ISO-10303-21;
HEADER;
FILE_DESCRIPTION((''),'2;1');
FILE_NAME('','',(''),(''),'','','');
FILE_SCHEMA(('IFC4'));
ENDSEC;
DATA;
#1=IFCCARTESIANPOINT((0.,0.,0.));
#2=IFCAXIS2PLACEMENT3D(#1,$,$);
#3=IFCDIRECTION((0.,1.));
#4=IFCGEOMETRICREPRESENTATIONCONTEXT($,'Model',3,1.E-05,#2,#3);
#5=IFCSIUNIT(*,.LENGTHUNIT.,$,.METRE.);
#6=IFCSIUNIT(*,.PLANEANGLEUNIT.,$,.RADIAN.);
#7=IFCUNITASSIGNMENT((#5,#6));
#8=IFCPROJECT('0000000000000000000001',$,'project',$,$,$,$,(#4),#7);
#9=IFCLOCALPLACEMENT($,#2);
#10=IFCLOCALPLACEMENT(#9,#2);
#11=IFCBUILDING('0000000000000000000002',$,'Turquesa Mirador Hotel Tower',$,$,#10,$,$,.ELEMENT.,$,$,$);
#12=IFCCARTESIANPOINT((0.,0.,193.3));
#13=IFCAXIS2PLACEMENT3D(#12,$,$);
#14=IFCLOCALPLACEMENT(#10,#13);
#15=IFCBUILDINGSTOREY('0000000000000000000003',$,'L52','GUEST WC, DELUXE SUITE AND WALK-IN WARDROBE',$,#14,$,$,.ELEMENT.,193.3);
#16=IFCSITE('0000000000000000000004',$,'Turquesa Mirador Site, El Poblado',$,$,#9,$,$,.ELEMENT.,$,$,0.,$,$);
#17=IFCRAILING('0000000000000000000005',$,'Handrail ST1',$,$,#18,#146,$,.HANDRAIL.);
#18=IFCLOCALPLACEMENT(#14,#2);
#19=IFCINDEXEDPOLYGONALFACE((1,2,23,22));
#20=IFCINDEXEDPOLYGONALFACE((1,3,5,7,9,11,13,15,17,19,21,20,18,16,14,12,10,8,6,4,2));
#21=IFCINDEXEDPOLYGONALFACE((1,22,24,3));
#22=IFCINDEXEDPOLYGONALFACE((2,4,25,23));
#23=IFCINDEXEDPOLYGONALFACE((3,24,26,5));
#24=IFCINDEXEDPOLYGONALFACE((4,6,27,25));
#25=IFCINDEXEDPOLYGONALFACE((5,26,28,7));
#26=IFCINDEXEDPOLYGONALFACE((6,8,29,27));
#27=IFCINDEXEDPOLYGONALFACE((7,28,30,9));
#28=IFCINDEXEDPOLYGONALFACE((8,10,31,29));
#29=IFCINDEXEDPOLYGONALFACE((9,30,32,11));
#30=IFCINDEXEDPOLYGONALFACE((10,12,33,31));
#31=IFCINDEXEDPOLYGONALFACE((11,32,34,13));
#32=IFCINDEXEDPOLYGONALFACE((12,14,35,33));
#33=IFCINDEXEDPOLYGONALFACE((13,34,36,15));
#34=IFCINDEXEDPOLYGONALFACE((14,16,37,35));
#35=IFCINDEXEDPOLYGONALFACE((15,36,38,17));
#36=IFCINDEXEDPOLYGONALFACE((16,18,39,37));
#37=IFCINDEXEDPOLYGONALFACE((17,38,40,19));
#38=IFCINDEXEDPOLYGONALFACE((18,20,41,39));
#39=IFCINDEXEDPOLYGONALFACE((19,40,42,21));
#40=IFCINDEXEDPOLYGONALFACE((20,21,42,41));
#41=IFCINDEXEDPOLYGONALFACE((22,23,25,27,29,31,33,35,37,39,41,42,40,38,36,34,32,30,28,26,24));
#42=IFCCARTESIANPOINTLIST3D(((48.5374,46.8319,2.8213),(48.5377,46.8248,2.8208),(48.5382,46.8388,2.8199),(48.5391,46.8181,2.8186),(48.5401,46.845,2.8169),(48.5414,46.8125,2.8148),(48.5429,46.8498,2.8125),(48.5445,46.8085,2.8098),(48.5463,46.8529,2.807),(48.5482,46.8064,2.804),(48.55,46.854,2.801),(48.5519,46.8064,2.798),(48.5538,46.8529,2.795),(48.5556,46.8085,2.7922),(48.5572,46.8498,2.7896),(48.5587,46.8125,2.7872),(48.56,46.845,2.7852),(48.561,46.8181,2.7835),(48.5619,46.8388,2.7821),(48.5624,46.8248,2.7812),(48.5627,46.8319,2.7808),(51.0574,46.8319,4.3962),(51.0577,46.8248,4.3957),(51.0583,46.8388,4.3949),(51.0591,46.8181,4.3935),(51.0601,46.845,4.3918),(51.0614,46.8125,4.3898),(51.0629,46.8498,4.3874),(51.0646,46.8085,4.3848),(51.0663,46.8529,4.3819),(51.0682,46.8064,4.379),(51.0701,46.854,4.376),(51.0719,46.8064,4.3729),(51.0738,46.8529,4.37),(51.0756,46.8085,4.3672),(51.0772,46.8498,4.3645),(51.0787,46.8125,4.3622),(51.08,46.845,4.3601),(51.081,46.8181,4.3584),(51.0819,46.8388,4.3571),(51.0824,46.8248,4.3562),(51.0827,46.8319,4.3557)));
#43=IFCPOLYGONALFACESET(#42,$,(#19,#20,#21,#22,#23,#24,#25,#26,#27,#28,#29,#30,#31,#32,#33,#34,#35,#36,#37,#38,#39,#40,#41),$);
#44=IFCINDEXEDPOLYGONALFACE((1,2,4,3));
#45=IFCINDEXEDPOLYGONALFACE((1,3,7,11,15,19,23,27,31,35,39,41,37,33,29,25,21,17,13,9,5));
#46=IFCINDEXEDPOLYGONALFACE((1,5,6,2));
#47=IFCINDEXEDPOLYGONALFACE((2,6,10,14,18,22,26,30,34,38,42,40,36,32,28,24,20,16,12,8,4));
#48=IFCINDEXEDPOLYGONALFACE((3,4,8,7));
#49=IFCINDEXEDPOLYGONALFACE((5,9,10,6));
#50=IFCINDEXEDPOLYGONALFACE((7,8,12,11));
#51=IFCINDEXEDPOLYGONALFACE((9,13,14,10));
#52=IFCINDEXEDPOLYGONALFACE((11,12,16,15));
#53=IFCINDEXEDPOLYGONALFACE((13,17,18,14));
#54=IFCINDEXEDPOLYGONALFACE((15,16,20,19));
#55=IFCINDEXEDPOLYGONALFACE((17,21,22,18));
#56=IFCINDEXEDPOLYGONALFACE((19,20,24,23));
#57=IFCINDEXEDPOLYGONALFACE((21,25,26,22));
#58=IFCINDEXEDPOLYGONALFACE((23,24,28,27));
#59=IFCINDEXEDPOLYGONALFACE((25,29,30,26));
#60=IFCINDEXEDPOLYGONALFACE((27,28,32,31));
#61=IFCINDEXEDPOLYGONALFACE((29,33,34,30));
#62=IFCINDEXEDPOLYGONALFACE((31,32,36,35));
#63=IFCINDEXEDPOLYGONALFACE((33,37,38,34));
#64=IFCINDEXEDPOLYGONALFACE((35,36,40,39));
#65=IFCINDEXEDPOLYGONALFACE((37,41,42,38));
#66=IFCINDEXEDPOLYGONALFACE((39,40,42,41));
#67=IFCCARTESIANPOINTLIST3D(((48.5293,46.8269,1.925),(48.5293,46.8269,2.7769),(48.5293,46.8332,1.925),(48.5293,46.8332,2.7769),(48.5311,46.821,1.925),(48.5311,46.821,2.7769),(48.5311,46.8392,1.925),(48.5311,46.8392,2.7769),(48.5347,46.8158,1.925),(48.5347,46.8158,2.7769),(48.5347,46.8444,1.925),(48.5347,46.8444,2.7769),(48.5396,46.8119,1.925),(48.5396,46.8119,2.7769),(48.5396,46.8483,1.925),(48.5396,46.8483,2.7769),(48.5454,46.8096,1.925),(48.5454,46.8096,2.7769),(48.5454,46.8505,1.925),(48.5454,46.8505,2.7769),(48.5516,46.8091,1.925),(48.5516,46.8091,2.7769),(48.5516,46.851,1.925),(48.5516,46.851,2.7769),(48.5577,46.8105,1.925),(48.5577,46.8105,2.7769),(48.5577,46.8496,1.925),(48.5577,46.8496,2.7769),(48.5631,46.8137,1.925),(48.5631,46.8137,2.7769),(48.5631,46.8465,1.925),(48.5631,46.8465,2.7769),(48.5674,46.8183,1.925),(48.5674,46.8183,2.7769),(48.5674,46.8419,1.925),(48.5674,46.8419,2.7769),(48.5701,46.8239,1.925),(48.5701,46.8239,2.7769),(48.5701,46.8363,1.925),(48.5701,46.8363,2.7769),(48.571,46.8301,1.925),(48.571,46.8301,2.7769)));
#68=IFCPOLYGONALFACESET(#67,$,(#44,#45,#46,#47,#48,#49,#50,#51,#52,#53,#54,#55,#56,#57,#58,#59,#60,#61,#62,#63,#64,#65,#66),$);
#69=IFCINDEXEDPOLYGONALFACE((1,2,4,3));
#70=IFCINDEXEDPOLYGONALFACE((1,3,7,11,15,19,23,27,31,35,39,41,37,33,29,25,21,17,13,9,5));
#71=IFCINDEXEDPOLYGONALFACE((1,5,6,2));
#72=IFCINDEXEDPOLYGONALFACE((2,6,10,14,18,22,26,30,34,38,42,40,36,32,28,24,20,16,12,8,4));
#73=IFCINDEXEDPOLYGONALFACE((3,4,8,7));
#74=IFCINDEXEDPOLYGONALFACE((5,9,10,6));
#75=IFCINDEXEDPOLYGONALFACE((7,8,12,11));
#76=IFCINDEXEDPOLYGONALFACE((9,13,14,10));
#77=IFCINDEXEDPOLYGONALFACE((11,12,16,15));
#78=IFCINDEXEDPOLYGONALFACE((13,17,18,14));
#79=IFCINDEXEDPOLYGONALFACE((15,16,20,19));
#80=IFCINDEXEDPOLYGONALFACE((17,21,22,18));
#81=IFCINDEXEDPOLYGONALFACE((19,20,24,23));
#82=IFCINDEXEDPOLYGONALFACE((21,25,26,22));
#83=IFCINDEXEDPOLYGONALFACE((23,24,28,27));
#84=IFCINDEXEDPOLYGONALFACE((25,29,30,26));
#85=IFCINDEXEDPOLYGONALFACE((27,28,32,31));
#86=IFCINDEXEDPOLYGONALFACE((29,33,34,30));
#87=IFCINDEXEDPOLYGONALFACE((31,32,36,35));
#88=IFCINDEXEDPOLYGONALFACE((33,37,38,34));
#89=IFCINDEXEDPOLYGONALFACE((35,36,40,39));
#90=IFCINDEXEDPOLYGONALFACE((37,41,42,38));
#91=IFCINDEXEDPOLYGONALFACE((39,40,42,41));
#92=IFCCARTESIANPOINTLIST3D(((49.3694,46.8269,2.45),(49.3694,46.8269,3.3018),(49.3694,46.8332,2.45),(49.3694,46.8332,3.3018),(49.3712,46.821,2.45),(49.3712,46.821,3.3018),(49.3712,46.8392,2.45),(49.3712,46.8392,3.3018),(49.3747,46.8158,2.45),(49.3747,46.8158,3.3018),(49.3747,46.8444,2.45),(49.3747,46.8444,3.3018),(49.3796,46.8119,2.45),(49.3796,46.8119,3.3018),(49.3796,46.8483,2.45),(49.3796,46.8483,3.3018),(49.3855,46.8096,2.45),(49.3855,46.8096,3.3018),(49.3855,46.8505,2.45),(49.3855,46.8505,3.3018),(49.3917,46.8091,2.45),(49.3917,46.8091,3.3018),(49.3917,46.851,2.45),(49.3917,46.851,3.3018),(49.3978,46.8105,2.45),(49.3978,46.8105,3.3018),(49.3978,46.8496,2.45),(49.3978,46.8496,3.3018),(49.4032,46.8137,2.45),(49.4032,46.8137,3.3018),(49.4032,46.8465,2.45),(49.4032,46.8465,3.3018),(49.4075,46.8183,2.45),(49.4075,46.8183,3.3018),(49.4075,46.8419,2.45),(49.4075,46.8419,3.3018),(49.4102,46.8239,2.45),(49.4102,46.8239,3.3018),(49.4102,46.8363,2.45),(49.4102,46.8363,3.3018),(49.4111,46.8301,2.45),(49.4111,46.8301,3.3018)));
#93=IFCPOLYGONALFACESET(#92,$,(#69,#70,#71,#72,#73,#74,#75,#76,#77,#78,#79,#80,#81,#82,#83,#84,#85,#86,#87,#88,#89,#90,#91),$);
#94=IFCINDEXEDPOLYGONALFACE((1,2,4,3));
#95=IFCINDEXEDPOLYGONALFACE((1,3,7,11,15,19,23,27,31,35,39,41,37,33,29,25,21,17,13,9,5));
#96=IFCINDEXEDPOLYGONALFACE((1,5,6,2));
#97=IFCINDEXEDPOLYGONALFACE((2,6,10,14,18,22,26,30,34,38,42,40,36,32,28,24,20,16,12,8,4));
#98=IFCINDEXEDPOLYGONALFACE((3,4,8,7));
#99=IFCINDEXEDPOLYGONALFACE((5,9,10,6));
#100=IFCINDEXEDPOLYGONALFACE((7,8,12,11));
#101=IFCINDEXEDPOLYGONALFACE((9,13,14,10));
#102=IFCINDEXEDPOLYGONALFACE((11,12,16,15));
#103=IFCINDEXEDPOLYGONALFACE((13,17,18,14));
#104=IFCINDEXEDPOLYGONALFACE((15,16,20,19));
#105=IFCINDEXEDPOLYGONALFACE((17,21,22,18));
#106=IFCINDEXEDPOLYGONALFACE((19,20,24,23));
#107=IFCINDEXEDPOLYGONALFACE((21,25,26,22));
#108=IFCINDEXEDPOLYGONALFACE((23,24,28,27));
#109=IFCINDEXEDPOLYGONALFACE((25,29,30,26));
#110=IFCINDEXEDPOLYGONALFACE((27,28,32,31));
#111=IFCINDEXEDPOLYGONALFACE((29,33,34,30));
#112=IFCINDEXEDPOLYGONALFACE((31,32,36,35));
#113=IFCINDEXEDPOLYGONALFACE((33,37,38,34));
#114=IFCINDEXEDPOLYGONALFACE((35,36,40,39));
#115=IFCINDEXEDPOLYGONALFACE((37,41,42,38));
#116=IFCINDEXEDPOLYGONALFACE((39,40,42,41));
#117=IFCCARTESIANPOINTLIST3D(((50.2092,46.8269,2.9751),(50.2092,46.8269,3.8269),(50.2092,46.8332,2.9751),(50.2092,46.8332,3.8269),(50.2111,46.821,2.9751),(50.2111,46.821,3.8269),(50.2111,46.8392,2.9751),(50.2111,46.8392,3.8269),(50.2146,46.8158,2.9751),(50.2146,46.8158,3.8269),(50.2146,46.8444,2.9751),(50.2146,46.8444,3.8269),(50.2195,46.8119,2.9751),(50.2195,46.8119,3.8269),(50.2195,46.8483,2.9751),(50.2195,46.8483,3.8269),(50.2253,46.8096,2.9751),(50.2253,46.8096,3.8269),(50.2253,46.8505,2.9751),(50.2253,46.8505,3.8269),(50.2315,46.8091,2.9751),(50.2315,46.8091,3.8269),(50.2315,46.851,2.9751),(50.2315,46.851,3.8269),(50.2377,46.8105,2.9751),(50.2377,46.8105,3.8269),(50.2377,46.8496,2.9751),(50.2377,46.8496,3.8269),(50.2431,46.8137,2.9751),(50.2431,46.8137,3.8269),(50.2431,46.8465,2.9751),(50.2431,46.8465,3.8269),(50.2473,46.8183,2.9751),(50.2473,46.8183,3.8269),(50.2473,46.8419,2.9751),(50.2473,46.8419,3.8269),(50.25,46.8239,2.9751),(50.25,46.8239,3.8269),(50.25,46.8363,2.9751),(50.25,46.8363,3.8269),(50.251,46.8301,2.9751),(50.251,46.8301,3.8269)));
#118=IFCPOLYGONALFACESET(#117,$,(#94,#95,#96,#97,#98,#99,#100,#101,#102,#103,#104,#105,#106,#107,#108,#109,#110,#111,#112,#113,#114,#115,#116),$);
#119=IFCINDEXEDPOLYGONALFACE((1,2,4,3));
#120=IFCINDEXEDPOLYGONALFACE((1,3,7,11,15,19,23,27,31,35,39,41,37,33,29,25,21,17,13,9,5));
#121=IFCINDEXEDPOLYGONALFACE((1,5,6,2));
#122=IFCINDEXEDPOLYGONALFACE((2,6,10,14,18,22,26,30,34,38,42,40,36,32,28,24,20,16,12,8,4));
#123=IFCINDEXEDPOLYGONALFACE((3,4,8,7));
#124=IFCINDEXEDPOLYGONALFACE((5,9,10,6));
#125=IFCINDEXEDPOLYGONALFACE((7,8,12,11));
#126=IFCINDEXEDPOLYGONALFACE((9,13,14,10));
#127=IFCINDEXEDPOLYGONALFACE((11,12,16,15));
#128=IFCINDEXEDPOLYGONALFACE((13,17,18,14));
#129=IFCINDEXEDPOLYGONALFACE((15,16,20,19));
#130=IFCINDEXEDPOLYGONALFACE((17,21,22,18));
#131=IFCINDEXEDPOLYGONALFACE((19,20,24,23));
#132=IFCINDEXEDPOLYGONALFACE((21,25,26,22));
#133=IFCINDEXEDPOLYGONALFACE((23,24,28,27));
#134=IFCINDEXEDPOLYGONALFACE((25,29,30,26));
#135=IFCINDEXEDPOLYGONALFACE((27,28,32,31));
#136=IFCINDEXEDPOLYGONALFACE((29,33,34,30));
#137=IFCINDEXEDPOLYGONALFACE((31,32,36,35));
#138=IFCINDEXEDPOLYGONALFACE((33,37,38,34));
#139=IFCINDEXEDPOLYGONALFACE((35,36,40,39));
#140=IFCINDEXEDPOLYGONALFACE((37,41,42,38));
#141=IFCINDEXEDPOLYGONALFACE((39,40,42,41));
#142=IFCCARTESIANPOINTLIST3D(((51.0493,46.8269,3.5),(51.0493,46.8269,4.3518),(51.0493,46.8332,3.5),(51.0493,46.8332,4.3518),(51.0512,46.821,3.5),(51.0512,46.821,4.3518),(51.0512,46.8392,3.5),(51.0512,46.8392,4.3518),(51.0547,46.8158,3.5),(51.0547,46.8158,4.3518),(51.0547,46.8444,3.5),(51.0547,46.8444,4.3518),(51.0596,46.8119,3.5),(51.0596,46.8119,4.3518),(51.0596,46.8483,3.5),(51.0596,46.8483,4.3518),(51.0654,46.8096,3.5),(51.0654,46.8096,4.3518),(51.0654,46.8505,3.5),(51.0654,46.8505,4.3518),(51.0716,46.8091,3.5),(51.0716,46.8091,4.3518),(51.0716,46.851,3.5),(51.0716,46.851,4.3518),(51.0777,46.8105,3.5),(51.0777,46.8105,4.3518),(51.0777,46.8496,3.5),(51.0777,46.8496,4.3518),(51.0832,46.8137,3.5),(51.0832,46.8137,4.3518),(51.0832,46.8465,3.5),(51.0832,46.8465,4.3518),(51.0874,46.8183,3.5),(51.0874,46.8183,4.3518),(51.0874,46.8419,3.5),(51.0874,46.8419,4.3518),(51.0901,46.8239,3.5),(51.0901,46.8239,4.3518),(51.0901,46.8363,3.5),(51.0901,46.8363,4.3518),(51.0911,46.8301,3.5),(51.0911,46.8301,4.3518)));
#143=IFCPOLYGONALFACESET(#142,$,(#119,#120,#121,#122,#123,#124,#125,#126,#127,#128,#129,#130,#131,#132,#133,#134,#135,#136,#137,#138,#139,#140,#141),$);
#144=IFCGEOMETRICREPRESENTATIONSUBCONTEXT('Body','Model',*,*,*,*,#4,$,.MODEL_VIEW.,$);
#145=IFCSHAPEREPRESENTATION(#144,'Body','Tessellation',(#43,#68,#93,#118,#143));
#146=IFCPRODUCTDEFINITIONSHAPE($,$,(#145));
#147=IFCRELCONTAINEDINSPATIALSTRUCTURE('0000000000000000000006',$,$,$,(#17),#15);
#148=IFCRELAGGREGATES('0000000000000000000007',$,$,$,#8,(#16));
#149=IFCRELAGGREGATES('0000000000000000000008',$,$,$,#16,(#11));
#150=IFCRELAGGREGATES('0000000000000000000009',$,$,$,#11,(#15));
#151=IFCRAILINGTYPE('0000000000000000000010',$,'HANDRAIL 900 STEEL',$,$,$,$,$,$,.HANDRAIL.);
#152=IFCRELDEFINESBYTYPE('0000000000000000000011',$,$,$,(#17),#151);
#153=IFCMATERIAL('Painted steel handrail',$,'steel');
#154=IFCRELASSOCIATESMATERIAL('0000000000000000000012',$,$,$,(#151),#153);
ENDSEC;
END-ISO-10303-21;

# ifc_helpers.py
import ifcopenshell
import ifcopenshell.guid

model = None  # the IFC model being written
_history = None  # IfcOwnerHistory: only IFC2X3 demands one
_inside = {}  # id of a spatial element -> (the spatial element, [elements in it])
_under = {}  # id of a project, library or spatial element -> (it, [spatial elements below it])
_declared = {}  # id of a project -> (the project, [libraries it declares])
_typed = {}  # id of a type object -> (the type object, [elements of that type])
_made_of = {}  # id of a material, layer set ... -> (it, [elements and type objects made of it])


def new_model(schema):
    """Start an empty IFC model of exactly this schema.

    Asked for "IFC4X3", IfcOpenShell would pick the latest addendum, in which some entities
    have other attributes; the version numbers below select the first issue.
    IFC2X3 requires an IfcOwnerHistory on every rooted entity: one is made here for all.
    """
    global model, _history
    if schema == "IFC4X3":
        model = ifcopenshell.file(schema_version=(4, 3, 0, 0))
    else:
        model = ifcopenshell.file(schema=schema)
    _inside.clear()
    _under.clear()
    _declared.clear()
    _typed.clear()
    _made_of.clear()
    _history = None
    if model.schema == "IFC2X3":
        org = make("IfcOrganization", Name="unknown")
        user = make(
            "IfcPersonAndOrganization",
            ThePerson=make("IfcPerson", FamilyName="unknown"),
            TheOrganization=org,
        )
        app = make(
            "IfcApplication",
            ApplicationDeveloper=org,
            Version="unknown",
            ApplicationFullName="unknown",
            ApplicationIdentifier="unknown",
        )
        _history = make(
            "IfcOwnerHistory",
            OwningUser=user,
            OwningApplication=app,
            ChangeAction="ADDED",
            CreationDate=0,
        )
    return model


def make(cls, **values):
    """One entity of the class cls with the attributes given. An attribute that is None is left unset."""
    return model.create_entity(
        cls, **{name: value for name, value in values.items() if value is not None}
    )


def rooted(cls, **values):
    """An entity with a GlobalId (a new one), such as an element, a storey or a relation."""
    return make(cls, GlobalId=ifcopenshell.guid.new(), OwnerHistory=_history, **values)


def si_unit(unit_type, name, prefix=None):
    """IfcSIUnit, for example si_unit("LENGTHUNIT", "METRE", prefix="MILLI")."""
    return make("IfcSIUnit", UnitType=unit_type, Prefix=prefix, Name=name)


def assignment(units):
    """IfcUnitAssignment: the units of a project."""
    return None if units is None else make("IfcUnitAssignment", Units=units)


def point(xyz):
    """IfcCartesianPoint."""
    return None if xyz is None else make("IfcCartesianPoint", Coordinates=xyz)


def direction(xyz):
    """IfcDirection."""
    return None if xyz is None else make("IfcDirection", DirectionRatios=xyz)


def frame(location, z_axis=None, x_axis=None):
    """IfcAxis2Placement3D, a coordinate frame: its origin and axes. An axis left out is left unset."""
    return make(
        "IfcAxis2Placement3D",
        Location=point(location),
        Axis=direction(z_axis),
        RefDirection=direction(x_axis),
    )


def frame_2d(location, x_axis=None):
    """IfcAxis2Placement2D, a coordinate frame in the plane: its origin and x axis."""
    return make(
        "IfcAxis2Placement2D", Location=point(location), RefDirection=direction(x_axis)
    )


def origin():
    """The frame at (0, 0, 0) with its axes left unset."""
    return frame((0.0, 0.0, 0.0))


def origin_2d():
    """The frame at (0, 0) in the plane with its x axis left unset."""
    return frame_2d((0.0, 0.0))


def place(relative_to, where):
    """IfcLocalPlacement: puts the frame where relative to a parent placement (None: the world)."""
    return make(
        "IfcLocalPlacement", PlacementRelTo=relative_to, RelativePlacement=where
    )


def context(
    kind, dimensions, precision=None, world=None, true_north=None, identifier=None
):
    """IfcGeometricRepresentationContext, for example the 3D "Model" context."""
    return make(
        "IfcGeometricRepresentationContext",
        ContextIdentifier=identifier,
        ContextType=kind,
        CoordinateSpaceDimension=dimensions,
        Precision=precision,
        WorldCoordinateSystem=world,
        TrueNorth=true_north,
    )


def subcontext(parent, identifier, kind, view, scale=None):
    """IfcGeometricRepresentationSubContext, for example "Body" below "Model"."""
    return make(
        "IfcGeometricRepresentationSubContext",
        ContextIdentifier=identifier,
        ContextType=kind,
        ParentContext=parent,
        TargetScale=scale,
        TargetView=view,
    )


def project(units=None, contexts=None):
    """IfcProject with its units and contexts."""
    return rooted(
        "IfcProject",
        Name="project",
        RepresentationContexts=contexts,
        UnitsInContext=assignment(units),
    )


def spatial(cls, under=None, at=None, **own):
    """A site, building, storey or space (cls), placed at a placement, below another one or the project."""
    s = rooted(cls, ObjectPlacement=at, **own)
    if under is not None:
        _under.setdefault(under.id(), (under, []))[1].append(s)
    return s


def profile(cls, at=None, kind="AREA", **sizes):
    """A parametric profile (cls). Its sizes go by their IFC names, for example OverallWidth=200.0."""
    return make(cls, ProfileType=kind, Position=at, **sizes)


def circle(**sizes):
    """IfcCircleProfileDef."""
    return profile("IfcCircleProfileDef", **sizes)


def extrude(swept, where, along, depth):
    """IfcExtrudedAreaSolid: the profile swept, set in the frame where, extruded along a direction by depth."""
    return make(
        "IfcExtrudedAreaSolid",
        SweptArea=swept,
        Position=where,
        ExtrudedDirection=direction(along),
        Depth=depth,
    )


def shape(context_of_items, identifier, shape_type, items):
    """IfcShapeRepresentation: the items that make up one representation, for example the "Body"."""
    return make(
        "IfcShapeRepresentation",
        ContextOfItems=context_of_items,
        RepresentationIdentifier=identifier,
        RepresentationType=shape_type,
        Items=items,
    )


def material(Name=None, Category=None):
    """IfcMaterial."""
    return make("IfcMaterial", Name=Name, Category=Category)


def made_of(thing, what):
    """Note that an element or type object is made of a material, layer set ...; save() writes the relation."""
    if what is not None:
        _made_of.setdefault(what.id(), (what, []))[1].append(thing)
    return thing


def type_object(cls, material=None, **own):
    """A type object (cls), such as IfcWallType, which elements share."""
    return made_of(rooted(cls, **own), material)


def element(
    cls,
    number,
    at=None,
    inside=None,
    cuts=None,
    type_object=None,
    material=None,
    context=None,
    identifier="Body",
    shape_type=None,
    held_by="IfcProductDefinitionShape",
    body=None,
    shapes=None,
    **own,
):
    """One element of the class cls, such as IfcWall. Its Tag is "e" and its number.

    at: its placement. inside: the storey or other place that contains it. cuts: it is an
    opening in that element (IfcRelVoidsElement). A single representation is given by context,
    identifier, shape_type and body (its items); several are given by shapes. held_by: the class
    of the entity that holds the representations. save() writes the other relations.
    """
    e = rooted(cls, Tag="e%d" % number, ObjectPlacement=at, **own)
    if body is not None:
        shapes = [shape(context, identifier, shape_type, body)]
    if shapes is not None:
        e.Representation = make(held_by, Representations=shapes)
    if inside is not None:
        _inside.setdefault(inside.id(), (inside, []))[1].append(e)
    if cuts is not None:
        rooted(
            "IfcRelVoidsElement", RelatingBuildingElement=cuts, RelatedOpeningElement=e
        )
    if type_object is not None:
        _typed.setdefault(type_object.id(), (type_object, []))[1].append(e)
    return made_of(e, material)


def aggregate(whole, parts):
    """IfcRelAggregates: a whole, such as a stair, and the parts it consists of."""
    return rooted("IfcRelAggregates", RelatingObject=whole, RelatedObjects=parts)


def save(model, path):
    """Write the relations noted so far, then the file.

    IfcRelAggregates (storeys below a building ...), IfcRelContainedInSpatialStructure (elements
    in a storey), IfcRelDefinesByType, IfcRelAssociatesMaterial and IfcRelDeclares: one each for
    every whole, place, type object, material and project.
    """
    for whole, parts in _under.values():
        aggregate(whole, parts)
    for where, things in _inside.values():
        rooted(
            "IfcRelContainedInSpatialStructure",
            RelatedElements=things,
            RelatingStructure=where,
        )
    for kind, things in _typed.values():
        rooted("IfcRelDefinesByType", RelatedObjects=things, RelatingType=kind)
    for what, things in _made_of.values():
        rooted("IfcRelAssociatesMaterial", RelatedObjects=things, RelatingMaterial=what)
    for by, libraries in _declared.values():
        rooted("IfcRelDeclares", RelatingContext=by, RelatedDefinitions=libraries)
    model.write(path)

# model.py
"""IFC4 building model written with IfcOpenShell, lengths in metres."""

from ifc_helpers import new_model, si_unit, direction, frame, origin, origin_2d, place, context, subcontext, project, spatial, circle, extrude, material, type_object, element, save


model = new_model("IFC4")

# Units and contexts
model_context = context("Model", 3, precision=1e-05, world=origin(), true_north=direction((0.0, 1.0)))
body_context = subcontext(model_context, "Body", "Model", "MODEL_VIEW")
ifc_project = project(units=[si_unit("LENGTHUNIT", "METRE"), si_unit("PLANEANGLEUNIT", "RADIAN")], contexts=[model_context])

# Site, building, storey
site_placement = place(None, origin())
site = spatial("IfcSite", under=ifc_project, at=site_placement, Name="Turquesa Mirador Site, El Poblado", CompositionType="ELEMENT", RefElevation=0.0)
building_placement = place(site_placement, origin())
building = spatial("IfcBuilding", under=site, at=building_placement, Name="Turquesa Mirador Hotel Tower", CompositionType="ELEMENT")
storey_placement = place(building_placement, frame((0.0, 0.0, 193.3)))
storey = spatial("IfcBuildingStorey", under=building, at=storey_placement, Name="L52", Description="GUEST WC, DELUXE SUITE AND WALK-IN WARDROBE", CompositionType="ELEMENT", Elevation=193.3)

# Railing
ifc_material_1 = material(Name="Painted steel handrail", Category="steel")
railing_type = type_object("IfcRailingType", Name="HANDRAIL 900 STEEL", PredefinedType="HANDRAIL", material=ifc_material_1)
for number, where, name in (
    (1, (48.55, 46.8301, 1.925), "Handrail ST1"),
):
    element("IfcRailing", number, at=place(storey_placement, frame(where)), inside=storey, type_object=railing_type, Name=name, PredefinedType="HANDRAIL", context=body_context, shape_type="SweptSolid", body=[
        extrude(circle(Radius=0.0239, at=origin_2d()), frame((0.0, 0.0, 0.876), z_axis=(0.848008, 0.0, 0.529984), x_axis=(0.0, 1.0, 0.0)), (0.0, 0.0, 1.0), 2.9717),
        extrude(circle(Radius=0.021, at=origin_2d()), origin(), (0.0, 0.0, 1.0), 0.8518),
        extrude(circle(Radius=0.021, at=origin_2d()), frame((0.8401, 0.0, 0.5249)), (0.0, 0.0, 1.0), 0.8518),
        extrude(circle(Radius=0.021, at=origin_2d()), frame((1.6799, 0.0, 1.05)), (0.0, 0.0, 1.0), 0.8518),
        extrude(circle(Radius=0.021, at=origin_2d()), frame((2.52, 0.0, 1.575)), (0.0, 0.0, 1.0), 0.8518),
    ])

save(model, "model.ifc")
